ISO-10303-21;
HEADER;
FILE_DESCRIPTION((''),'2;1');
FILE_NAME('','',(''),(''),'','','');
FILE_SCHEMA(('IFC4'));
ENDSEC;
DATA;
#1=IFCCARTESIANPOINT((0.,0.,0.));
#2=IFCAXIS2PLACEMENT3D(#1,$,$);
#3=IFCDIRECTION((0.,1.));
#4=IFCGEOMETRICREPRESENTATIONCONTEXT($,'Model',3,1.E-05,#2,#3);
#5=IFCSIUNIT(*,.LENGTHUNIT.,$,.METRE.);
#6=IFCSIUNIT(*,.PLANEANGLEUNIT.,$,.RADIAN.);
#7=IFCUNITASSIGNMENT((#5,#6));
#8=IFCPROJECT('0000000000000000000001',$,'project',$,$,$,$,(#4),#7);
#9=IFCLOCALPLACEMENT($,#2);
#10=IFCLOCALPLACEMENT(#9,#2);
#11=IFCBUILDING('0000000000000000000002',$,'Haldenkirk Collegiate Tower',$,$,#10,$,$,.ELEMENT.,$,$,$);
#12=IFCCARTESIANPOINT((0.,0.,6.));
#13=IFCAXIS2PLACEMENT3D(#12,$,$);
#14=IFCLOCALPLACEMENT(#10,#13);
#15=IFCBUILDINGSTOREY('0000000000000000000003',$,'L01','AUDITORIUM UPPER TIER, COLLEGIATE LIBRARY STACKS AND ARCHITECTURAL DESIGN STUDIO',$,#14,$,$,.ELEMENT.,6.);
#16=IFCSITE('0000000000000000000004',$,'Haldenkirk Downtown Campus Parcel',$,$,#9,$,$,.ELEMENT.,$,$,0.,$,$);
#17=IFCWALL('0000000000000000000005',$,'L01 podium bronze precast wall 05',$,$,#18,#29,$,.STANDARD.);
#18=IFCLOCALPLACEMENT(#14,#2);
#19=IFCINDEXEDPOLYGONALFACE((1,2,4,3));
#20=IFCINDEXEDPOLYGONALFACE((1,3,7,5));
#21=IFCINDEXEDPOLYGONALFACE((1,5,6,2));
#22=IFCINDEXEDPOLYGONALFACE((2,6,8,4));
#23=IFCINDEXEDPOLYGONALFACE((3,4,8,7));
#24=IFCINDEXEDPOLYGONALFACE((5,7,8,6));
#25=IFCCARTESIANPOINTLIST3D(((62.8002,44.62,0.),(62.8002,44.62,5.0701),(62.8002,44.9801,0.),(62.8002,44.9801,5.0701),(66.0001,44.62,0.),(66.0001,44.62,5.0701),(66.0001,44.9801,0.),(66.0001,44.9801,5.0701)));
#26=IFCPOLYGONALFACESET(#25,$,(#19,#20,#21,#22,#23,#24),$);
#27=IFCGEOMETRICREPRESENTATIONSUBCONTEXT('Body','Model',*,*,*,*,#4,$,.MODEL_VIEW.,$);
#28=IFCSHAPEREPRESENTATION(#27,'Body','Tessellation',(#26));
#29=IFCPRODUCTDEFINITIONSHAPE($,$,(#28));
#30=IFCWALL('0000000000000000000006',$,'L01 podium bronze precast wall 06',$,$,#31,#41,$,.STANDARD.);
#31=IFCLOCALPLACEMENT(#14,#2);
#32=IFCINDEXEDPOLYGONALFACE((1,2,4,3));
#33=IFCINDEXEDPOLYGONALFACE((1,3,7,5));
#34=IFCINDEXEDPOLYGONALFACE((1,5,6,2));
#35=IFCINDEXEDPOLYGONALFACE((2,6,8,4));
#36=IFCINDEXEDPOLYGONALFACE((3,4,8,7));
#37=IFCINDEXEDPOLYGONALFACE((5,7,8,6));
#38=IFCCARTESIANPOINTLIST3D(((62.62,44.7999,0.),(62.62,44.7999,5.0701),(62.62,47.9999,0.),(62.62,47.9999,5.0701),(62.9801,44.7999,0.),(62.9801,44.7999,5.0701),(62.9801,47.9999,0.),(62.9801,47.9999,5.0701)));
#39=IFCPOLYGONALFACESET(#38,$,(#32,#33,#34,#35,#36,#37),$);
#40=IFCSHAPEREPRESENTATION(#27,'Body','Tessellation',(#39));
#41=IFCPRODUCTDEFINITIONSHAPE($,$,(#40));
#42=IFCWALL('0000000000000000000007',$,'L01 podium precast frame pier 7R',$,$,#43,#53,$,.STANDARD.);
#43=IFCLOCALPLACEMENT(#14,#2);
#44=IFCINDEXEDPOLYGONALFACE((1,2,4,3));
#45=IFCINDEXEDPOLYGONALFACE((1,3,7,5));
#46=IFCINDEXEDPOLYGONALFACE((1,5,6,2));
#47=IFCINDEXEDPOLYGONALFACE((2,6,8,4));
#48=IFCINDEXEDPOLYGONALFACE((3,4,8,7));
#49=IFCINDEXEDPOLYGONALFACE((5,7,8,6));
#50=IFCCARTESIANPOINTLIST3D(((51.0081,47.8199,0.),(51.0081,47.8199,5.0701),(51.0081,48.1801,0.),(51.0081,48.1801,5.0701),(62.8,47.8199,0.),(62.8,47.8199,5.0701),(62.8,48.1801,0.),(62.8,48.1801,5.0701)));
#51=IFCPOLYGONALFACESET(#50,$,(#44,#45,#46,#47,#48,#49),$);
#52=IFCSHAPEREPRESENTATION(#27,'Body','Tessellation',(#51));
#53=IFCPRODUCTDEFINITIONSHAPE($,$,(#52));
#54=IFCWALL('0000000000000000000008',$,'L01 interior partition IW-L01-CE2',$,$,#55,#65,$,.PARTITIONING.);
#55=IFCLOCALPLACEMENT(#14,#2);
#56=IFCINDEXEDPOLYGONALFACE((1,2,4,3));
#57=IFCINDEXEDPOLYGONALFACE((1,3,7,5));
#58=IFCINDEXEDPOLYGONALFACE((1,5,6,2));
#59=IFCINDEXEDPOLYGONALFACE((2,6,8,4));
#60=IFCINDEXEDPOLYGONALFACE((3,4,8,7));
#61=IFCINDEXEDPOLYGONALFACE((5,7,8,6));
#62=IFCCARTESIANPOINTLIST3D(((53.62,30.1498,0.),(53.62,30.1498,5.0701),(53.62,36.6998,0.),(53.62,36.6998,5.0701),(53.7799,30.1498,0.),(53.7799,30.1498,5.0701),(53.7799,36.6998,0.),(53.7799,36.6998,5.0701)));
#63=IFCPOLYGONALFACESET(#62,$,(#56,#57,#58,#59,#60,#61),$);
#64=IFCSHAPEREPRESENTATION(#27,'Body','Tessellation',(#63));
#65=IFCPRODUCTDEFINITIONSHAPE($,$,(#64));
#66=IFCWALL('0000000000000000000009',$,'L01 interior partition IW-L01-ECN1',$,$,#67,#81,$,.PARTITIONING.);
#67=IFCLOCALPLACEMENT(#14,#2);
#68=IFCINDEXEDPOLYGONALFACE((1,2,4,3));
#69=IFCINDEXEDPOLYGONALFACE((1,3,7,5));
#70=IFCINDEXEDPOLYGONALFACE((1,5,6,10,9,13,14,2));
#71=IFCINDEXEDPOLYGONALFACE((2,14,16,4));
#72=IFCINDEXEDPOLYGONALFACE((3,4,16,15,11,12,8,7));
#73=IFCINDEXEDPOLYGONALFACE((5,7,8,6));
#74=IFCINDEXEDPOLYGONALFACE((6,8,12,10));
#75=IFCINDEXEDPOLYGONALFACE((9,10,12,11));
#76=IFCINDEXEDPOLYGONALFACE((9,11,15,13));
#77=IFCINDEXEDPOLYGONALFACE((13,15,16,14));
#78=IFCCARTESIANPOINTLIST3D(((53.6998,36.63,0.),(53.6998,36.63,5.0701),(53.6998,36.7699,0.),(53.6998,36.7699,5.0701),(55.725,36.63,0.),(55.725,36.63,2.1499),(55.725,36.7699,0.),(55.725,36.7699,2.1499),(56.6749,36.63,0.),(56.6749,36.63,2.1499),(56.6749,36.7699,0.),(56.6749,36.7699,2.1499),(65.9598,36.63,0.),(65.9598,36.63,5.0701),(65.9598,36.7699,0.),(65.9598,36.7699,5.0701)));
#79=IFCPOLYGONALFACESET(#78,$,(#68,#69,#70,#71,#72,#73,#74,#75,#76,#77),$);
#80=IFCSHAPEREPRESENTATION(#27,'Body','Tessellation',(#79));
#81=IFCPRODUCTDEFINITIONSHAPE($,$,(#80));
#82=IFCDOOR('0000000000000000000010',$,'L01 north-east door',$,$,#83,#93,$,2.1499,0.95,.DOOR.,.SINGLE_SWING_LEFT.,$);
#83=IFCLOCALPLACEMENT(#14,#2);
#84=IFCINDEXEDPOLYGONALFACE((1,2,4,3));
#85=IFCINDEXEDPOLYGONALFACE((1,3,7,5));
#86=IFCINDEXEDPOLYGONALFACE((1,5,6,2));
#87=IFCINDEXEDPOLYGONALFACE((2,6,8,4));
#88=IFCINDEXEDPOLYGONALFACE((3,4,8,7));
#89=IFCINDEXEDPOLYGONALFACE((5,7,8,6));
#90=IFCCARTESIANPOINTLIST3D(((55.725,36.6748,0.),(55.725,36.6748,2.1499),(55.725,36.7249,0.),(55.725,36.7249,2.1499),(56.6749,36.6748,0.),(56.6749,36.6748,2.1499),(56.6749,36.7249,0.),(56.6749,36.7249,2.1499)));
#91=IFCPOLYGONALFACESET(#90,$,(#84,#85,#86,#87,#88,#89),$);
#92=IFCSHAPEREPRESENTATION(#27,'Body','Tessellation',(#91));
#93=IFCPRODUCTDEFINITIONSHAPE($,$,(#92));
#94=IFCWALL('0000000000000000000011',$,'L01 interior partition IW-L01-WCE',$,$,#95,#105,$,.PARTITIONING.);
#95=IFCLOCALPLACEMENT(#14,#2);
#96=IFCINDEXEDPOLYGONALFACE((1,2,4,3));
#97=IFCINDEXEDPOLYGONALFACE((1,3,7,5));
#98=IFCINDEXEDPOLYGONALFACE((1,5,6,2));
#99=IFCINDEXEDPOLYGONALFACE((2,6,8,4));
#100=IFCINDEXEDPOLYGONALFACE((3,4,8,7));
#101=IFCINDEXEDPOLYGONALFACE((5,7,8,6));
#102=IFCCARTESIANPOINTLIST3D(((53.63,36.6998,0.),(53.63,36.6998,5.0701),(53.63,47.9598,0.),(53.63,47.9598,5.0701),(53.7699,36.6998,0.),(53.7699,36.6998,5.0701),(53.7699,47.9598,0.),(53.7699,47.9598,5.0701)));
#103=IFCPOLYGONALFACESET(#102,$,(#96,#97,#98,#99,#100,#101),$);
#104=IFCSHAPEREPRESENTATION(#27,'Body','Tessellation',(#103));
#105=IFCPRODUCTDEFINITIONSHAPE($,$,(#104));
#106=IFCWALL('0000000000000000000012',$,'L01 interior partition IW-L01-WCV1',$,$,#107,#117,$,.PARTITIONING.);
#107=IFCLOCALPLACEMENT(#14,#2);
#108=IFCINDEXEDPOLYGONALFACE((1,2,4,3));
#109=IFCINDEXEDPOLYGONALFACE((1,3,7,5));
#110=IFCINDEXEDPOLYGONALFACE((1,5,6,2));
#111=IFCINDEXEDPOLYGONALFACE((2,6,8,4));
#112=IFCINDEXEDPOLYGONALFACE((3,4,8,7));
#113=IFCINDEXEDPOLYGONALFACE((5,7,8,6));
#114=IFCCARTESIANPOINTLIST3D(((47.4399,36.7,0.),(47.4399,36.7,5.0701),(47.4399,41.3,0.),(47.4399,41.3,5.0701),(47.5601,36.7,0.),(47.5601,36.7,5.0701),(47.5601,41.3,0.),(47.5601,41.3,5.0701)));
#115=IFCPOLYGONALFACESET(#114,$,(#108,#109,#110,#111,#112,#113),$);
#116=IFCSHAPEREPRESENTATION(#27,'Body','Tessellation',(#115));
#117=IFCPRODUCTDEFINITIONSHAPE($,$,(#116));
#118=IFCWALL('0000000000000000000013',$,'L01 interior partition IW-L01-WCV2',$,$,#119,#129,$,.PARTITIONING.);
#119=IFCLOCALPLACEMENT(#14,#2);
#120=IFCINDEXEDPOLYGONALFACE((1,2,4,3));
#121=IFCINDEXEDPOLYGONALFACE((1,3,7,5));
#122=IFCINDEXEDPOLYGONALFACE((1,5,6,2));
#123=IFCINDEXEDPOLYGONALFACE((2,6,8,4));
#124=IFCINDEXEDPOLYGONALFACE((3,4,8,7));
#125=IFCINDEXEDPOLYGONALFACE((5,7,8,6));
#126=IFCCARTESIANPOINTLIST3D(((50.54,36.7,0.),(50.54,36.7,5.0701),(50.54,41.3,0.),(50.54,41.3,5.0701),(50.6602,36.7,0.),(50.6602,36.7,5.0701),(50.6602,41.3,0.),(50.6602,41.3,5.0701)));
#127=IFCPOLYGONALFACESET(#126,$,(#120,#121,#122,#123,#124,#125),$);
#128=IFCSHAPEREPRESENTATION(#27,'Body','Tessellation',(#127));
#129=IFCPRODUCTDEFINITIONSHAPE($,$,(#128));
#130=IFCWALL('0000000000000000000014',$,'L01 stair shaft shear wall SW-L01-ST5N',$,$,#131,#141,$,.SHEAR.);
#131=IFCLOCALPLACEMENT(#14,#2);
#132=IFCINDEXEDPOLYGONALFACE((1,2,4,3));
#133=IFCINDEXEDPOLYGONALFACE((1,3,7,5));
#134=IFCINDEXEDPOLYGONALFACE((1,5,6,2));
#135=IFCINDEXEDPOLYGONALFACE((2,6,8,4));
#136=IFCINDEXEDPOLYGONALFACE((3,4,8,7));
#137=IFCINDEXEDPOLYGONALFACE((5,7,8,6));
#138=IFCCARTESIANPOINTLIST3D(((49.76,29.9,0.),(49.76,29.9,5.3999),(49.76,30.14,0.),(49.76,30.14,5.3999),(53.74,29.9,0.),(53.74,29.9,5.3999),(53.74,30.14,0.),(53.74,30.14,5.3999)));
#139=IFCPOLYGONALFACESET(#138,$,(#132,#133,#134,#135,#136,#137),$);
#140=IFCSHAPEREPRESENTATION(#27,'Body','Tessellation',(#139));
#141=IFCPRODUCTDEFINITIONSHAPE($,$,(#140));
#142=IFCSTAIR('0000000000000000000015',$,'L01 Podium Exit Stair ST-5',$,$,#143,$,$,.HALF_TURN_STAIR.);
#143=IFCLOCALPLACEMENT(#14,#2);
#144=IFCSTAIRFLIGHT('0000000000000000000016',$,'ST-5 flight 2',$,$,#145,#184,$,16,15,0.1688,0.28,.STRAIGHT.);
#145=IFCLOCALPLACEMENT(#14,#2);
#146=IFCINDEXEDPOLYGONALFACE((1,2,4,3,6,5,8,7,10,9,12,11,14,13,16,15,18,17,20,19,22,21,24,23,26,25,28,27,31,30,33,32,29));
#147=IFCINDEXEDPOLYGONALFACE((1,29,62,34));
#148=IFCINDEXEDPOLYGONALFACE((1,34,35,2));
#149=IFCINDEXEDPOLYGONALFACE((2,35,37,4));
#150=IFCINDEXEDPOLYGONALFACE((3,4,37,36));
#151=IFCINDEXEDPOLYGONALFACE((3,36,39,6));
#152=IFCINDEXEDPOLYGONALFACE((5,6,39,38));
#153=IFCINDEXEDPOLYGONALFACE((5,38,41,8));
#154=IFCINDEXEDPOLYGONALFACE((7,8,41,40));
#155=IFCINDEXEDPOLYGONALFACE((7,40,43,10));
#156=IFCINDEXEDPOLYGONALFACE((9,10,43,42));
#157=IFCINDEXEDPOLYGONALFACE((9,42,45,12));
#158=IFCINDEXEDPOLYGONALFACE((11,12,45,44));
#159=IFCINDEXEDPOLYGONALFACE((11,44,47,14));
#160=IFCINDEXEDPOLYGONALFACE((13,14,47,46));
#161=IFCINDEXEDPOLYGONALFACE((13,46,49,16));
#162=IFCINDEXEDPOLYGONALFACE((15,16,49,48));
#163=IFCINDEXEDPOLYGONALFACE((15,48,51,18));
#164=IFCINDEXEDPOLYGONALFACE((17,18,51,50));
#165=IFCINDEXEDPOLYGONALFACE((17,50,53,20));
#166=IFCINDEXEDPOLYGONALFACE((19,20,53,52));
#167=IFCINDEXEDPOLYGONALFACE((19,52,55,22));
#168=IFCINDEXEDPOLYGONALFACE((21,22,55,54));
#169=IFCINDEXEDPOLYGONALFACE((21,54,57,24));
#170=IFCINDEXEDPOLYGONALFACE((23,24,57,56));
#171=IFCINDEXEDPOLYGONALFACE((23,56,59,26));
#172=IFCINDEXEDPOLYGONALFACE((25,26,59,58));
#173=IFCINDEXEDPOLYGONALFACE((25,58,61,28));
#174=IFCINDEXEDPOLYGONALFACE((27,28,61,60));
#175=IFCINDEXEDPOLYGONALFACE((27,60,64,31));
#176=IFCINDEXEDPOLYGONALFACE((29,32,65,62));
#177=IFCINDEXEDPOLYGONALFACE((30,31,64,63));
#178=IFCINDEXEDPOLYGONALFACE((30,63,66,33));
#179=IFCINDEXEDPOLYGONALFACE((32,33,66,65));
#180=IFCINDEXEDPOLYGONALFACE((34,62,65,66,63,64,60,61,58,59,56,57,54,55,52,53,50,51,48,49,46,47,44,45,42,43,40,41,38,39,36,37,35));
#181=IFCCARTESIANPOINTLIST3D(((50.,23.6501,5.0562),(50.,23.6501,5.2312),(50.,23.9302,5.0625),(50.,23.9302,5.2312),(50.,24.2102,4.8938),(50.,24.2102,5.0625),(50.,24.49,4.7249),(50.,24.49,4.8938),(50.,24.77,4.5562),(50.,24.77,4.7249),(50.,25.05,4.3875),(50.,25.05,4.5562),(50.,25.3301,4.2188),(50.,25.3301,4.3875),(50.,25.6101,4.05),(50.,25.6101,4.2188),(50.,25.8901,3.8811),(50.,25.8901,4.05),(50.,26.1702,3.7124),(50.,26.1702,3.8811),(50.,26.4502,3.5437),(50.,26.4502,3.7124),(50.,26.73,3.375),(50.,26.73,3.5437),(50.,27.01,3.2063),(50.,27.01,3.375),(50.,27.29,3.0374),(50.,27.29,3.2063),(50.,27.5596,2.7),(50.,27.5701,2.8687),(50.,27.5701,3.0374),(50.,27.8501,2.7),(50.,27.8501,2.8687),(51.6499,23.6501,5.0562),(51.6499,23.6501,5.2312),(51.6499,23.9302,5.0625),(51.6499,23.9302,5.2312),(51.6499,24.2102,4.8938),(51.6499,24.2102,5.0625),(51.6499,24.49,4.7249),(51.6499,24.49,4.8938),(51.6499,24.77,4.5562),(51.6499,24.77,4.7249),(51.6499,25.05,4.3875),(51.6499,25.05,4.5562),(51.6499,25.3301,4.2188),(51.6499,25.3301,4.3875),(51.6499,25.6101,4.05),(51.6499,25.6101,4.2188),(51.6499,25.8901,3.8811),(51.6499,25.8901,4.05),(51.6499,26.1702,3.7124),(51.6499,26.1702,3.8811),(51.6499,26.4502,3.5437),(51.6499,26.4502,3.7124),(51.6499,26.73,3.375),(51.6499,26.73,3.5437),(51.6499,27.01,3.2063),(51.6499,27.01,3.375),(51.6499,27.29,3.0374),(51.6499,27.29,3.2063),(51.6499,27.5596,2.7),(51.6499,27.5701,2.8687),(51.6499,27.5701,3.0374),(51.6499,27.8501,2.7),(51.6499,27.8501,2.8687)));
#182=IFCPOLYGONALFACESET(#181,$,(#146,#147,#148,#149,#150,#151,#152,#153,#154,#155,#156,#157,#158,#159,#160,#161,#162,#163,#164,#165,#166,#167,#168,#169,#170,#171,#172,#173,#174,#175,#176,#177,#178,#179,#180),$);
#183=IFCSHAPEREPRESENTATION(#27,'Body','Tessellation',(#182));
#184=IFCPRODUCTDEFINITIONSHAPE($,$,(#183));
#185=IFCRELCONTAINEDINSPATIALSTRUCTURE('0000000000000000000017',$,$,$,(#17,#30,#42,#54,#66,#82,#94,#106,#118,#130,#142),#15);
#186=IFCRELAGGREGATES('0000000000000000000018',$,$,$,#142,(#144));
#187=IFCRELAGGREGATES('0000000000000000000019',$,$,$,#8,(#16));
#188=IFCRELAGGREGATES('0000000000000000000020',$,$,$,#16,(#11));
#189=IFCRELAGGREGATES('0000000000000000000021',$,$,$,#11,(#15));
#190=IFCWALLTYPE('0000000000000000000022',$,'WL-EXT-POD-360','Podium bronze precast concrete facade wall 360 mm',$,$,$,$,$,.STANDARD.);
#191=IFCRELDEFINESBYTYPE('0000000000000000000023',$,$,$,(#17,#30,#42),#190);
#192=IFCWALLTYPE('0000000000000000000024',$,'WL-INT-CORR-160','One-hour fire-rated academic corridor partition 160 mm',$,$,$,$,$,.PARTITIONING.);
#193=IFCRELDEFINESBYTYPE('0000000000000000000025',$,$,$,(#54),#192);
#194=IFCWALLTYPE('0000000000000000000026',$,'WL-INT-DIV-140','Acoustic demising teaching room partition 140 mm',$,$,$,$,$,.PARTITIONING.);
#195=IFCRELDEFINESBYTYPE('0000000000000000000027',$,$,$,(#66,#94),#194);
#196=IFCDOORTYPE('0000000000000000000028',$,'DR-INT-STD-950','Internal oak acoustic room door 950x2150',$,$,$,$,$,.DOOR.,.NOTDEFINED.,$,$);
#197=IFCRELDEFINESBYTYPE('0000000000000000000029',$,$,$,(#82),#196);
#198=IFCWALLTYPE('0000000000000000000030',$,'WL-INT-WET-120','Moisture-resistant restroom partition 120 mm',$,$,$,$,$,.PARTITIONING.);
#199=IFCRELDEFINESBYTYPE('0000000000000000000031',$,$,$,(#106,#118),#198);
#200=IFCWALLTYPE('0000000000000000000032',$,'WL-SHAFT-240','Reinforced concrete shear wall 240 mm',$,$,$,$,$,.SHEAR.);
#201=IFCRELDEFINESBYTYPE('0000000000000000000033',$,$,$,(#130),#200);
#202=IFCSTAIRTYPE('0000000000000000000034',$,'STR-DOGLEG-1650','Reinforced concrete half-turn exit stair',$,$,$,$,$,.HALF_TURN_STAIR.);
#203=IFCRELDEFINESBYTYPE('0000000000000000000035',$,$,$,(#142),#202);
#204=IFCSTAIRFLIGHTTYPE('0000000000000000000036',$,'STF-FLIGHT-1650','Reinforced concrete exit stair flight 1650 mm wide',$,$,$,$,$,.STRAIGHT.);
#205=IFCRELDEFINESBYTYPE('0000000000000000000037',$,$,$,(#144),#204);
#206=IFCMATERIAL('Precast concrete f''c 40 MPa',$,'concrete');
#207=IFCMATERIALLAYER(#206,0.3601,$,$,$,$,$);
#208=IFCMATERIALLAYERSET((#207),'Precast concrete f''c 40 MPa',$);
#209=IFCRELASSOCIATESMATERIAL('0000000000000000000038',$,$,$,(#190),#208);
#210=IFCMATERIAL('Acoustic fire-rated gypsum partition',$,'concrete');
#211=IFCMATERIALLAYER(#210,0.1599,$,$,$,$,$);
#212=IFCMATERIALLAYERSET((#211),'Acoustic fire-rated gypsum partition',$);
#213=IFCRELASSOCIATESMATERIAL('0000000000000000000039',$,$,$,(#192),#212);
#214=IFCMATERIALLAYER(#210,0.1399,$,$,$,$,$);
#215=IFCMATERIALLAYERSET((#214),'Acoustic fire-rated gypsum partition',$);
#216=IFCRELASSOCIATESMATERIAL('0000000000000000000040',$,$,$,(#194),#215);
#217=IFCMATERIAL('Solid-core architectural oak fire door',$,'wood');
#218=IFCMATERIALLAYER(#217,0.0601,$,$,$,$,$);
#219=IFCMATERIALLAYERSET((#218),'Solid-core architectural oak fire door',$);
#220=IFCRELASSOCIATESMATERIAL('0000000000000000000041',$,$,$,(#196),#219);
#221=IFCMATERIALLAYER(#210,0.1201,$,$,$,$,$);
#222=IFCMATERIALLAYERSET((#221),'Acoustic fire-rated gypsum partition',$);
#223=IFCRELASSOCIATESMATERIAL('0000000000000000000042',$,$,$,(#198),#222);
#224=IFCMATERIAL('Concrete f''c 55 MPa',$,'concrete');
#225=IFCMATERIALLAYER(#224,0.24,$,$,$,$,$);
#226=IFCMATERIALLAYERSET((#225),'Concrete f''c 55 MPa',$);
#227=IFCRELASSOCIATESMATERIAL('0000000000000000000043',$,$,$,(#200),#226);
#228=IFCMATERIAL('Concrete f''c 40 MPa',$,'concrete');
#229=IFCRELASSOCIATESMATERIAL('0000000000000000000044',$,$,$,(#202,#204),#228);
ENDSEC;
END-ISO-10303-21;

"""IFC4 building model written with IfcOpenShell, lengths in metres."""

from ifc_helpers import new_model, si_unit, direction, frame, frame_2d, origin, place, context, subcontext, project, spatial, polyline, rectangle, outline, extrude, material, layer, layer_set, type_object, element, fill, aggregate, save


model = new_model("IFC4")

# Units and contexts
model_context = context("Model", 3, precision=1e-05, world=origin(), true_north=direction((0.0, 1.0)))
body_context = subcontext(model_context, "Body", "Model", "MODEL_VIEW")
ifc_project = project(units=[si_unit("LENGTHUNIT", "METRE"), si_unit("PLANEANGLEUNIT", "RADIAN")], contexts=[model_context])

# Site, building, storey
site_placement = place(None, origin())
site = spatial("IfcSite", under=ifc_project, at=site_placement, Name="Haldenkirk Downtown Campus Parcel", CompositionType="ELEMENT", RefElevation=0.0)
building_placement = place(site_placement, origin())
building = spatial("IfcBuilding", under=site, at=building_placement, Name="Haldenkirk Collegiate Tower", CompositionType="ELEMENT")
storey_placement = place(building_placement, frame((0.0, 0.0, 6.0)))
storey = spatial("IfcBuildingStorey", under=building, at=storey_placement, Name="L01", Description="AUDITORIUM UPPER TIER, COLLEGIATE LIBRARY STACKS AND ARCHITECTURAL DESIGN STUDIO", CompositionType="ELEMENT", Elevation=6.0)

# Shared definitions
ifc_material_1 = material(Name="Precast concrete f'c 40 MPa", Category="concrete")
ifc_layer_1 = layer(ifc_material_1, 0.3601)
ifc_layer_set_1 = layer_set([ifc_layer_1], Name="Precast concrete f'c 40 MPa")
wall_type_1 = type_object("IfcWallType", Name="WL-EXT-POD-360", Description="Podium bronze precast concrete facade wall 360 mm", PredefinedType="STANDARD", material=ifc_layer_set_1)

# Walls
for number, where, z_axis, x_axis, name in (
    (1, (62.8, 44.8, 0.0), (0.0, 0.0, 1.0), (1.0, 0.0, 0.0), "L01 podium bronze precast wall 05"),
    (2, (62.8, 48.0, 0.0), (0.0, 0.0, 1.0), (0.0, -1.0, 0.0), "L01 podium bronze precast wall 06"),
):
    element("IfcWall", number, at=place(storey_placement, frame(where, z_axis=z_axis, x_axis=x_axis)), inside=storey, type_object=wall_type_1, Name=name, PredefinedType="STANDARD", context=body_context, shape_type="SweptSolid", body=[
        extrude(rectangle(XDim=3.2, YDim=0.3601, at=frame_2d((1.6001, 0.0))), origin(), (0.0, 0.0, 1.0), 5.0701),
    ])
wall_1_placement = place(storey_placement, frame((51.0081, 48.0, 0.0), z_axis=(0.0, 0.0, 1.0), x_axis=(1.0, 0.0, 0.0)))
element("IfcWall", 3, at=wall_1_placement, inside=storey, type_object=wall_type_1, Name="L01 podium precast frame pier 7R", PredefinedType="STANDARD", context=body_context, shape_type="SweptSolid", body=[
    extrude(rectangle(XDim=11.792, YDim=0.3601, at=frame_2d((5.896, 0.0))), origin(), (0.0, 0.0, 1.0), 5.0701),
])
ifc_material_2 = material(Name="Acoustic fire-rated gypsum partition", Category="concrete")
ifc_layer_2 = layer(ifc_material_2, 0.1599)
ifc_layer_set_2 = layer_set([ifc_layer_2], Name="Acoustic fire-rated gypsum partition")
wall_type_2 = type_object("IfcWallType", Name="WL-INT-CORR-160", Description="One-hour fire-rated academic corridor partition 160 mm", PredefinedType="PARTITIONING", material=ifc_layer_set_2)
wall_2_placement = place(storey_placement, frame((53.7, 30.1499, 0.0), z_axis=(0.0, 0.0, 1.0), x_axis=(0.0, 1.0, 0.0)))
element("IfcWall", 4, at=wall_2_placement, inside=storey, type_object=wall_type_2, Name="L01 interior partition IW-L01-CE2", PredefinedType="PARTITIONING", context=body_context, shape_type="SweptSolid", body=[
    extrude(rectangle(XDim=6.55, YDim=0.1599, at=frame_2d((3.2749, 0.0))), origin(), (0.0, 0.0, 1.0), 5.0701),
])

# Wall, opening, door
ifc_layer_3 = layer(ifc_material_2, 0.1399)
ifc_layer_set_3 = layer_set([ifc_layer_3], Name="Acoustic fire-rated gypsum partition")
wall_type_3 = type_object("IfcWallType", Name="WL-INT-DIV-140", Description="Acoustic demising teaching room partition 140 mm", PredefinedType="PARTITIONING", material=ifc_layer_set_3)
wall_3_placement = place(storey_placement, frame((53.7, 36.7, 0.0), z_axis=(0.0, 0.0, 1.0), x_axis=(1.0, 0.0, 0.0)))
wall_3 = element("IfcWall", 5, at=wall_3_placement, inside=storey, type_object=wall_type_3, Name="L01 interior partition IW-L01-ECN1", PredefinedType="PARTITIONING", context=body_context, shape_type="SweptSolid", body=[
    extrude(rectangle(XDim=12.26, YDim=0.1399, at=frame_2d((6.1299, 0.0))), origin(), (0.0, 0.0, 1.0), 5.0701),
])
opening_1_placement = place(wall_3_placement, frame((2.0249, 0.0, 0.0)))
opening_1 = element("IfcOpeningElement", 6, at=opening_1_placement, cuts=wall_3, PredefinedType="OPENING", context=body_context, shape_type="SweptSolid", body=[
    extrude(rectangle(XDim=0.95, YDim=2.1499, at=frame_2d((0.4751, 1.075))), frame((0.0, 0.0798, 0.0), z_axis=(0.0, -1.0, 0.0), x_axis=(1.0, 0.0, 0.0)), (0.0, 0.0, 1.0), 0.1599),
])
ifc_material_3 = material(Name="Solid-core architectural oak fire door", Category="wood")
ifc_layer_4 = layer(ifc_material_3, 0.0601)
ifc_layer_set_4 = layer_set([ifc_layer_4], Name="Solid-core architectural oak fire door")
door_type_1 = type_object("IfcDoorType", Name="DR-INT-STD-950", Description="Internal oak acoustic room door 950x2150", OperationType="NOTDEFINED", PredefinedType="DOOR", material=ifc_layer_set_4)
door_1_placement = place(opening_1_placement, origin())
door_1 = element("IfcDoor", 7, at=door_1_placement, inside=storey, type_object=door_type_1, Name="L01 north-east door", OperationType="SINGLE_SWING_LEFT", OverallHeight=2.1499, OverallWidth=0.95, PredefinedType="DOOR", context=body_context, shape_type="SweptSolid", body=[
    extrude(rectangle(XDim=0.95, YDim=2.1499, at=frame_2d((0.4751, 1.075))), frame((0.0, 0.0249, 0.0), z_axis=(0.0, -1.0, 0.0), x_axis=(1.0, 0.0, 0.0)), (0.0, 0.0, 1.0), 0.05),
])
fill(opening_1, door_1)

# Walls
wall_4_placement = place(storey_placement, frame((53.7, 36.7, 0.0), z_axis=(0.0, 0.0, 1.0), x_axis=(0.0, 1.0, 0.0)))
element("IfcWall", 8, at=wall_4_placement, inside=storey, type_object=wall_type_3, Name="L01 interior partition IW-L01-WCE", PredefinedType="PARTITIONING", context=body_context, shape_type="SweptSolid", body=[
    extrude(rectangle(XDim=11.26, YDim=0.1399, at=frame_2d((5.6299, 0.0))), origin(), (0.0, 0.0, 1.0), 5.0701),
])
ifc_layer_5 = layer(ifc_material_2, 0.1201)
ifc_layer_set_5 = layer_set([ifc_layer_5], Name="Acoustic fire-rated gypsum partition")
wall_type_4 = type_object("IfcWallType", Name="WL-INT-WET-120", Description="Moisture-resistant restroom partition 120 mm", PredefinedType="PARTITIONING", material=ifc_layer_set_5)
for number, where, z_axis, x_axis, name in (
    (9, (47.5, 36.7, 0.0), (0.0, 0.0, 1.0), (0.0, 1.0, 0.0), "L01 interior partition IW-L01-WCV1"),
    (10, (50.6001, 36.7, 0.0), (0.0, 0.0, 1.0), (0.0, 1.0, 0.0), "L01 interior partition IW-L01-WCV2"),
):
    element("IfcWall", number, at=place(storey_placement, frame(where, z_axis=z_axis, x_axis=x_axis)), inside=storey, type_object=wall_type_4, Name=name, PredefinedType="PARTITIONING", context=body_context, shape_type="SweptSolid", body=[
        extrude(rectangle(XDim=4.6001, YDim=0.1201, at=frame_2d((2.3, 0.0))), origin(), (0.0, 0.0, 1.0), 5.0701),
    ])
ifc_material_4 = material(Name="Concrete f'c 55 MPa", Category="concrete")
ifc_layer_6 = layer(ifc_material_4, 0.24)
ifc_layer_set_6 = layer_set([ifc_layer_6], Name="Concrete f'c 55 MPa")
wall_type_5 = type_object("IfcWallType", Name="WL-SHAFT-240", Description="Reinforced concrete shear wall 240 mm", PredefinedType="SHEAR", material=ifc_layer_set_6)
wall_5_placement = place(storey_placement, frame((49.76, 30.02, 0.0), z_axis=(0.0, 0.0, 1.0), x_axis=(1.0, 0.0, 0.0)))
element("IfcWall", 11, at=wall_5_placement, inside=storey, type_object=wall_type_5, Name="L01 stair shaft shear wall SW-L01-ST5N", PredefinedType="SHEAR", context=body_context, shape_type="SweptSolid", body=[
    extrude(rectangle(XDim=3.98, YDim=0.24, at=frame_2d((1.99, 0.0))), origin(), (0.0, 0.0, 1.0), 5.3999),
])

# Stair, stair flight
ifc_material_5 = material(Name="Concrete f'c 40 MPa", Category="concrete")
stair_type = type_object("IfcStairType", Name="STR-DOGLEG-1650", Description="Reinforced concrete half-turn exit stair", PredefinedType="HALF_TURN_STAIR", material=ifc_material_5)
stair_placement = place(storey_placement, origin())
stair = element("IfcStair", 12, at=stair_placement, inside=storey, type_object=stair_type, Name="L01 Podium Exit Stair ST-5", PredefinedType="HALF_TURN_STAIR")
stair_flight_type = type_object("IfcStairFlightType", Name="STF-FLIGHT-1650", Description="Reinforced concrete exit stair flight 1650 mm wide", PredefinedType="STRAIGHT", material=ifc_material_5)
stair_flight_placement = place(storey_placement, frame((50.825, 27.8501, 2.7), z_axis=(0.0, 0.0, 1.0), x_axis=(0.0, -1.0, 0.0)))
stair_flight = element("IfcStairFlight", 13, at=stair_flight_placement, type_object=stair_flight_type, Name="ST-5 flight 2", NumberOfRisers=16, NumberOfTreads=15, PredefinedType="STRAIGHT", RiserHeight=0.1688, TreadLength=0.28, context=body_context, shape_type="SweptSolid", body=[
    extrude(outline(polyline([(0.0, 0.0), (0.0, 0.1687), (0.28, 0.1687), (0.28, 0.3374), (0.5601, 0.3374), (0.5601, 0.5063), (0.8401, 0.5063), (0.8401, 0.675), (1.1201, 0.675), (1.1201, 0.8438), (1.3999, 0.8438), (1.3999, 1.0125), (1.6799, 1.0125), (1.6799, 1.1812), (1.96, 1.1812), (1.96, 1.3501), (2.24, 1.3501), (2.24, 1.5188), (2.52, 1.5188), (2.52, 1.6875), (2.8, 1.6875), (2.8, 1.8562), (3.0801, 1.8562), (3.0801, 2.0249), (3.3601, 2.0249), (3.3601, 2.1938), (3.6399, 2.1938), (3.6399, 2.3625), (3.9199, 2.3625), (3.9199, 2.5312), (4.2, 2.5312), (4.2, 2.7), (4.2, 2.3562), (0.2905, 0.0), (0.0, 0.0)])), frame((0.0, 0.825, 0.0), z_axis=(0.0, -1.0, 0.0), x_axis=(1.0, 0.0, 0.0)), (0.0, 0.0, 1.0), 1.6499),
])
aggregate(stair, [stair_flight])

save(model, "model.ifc")
